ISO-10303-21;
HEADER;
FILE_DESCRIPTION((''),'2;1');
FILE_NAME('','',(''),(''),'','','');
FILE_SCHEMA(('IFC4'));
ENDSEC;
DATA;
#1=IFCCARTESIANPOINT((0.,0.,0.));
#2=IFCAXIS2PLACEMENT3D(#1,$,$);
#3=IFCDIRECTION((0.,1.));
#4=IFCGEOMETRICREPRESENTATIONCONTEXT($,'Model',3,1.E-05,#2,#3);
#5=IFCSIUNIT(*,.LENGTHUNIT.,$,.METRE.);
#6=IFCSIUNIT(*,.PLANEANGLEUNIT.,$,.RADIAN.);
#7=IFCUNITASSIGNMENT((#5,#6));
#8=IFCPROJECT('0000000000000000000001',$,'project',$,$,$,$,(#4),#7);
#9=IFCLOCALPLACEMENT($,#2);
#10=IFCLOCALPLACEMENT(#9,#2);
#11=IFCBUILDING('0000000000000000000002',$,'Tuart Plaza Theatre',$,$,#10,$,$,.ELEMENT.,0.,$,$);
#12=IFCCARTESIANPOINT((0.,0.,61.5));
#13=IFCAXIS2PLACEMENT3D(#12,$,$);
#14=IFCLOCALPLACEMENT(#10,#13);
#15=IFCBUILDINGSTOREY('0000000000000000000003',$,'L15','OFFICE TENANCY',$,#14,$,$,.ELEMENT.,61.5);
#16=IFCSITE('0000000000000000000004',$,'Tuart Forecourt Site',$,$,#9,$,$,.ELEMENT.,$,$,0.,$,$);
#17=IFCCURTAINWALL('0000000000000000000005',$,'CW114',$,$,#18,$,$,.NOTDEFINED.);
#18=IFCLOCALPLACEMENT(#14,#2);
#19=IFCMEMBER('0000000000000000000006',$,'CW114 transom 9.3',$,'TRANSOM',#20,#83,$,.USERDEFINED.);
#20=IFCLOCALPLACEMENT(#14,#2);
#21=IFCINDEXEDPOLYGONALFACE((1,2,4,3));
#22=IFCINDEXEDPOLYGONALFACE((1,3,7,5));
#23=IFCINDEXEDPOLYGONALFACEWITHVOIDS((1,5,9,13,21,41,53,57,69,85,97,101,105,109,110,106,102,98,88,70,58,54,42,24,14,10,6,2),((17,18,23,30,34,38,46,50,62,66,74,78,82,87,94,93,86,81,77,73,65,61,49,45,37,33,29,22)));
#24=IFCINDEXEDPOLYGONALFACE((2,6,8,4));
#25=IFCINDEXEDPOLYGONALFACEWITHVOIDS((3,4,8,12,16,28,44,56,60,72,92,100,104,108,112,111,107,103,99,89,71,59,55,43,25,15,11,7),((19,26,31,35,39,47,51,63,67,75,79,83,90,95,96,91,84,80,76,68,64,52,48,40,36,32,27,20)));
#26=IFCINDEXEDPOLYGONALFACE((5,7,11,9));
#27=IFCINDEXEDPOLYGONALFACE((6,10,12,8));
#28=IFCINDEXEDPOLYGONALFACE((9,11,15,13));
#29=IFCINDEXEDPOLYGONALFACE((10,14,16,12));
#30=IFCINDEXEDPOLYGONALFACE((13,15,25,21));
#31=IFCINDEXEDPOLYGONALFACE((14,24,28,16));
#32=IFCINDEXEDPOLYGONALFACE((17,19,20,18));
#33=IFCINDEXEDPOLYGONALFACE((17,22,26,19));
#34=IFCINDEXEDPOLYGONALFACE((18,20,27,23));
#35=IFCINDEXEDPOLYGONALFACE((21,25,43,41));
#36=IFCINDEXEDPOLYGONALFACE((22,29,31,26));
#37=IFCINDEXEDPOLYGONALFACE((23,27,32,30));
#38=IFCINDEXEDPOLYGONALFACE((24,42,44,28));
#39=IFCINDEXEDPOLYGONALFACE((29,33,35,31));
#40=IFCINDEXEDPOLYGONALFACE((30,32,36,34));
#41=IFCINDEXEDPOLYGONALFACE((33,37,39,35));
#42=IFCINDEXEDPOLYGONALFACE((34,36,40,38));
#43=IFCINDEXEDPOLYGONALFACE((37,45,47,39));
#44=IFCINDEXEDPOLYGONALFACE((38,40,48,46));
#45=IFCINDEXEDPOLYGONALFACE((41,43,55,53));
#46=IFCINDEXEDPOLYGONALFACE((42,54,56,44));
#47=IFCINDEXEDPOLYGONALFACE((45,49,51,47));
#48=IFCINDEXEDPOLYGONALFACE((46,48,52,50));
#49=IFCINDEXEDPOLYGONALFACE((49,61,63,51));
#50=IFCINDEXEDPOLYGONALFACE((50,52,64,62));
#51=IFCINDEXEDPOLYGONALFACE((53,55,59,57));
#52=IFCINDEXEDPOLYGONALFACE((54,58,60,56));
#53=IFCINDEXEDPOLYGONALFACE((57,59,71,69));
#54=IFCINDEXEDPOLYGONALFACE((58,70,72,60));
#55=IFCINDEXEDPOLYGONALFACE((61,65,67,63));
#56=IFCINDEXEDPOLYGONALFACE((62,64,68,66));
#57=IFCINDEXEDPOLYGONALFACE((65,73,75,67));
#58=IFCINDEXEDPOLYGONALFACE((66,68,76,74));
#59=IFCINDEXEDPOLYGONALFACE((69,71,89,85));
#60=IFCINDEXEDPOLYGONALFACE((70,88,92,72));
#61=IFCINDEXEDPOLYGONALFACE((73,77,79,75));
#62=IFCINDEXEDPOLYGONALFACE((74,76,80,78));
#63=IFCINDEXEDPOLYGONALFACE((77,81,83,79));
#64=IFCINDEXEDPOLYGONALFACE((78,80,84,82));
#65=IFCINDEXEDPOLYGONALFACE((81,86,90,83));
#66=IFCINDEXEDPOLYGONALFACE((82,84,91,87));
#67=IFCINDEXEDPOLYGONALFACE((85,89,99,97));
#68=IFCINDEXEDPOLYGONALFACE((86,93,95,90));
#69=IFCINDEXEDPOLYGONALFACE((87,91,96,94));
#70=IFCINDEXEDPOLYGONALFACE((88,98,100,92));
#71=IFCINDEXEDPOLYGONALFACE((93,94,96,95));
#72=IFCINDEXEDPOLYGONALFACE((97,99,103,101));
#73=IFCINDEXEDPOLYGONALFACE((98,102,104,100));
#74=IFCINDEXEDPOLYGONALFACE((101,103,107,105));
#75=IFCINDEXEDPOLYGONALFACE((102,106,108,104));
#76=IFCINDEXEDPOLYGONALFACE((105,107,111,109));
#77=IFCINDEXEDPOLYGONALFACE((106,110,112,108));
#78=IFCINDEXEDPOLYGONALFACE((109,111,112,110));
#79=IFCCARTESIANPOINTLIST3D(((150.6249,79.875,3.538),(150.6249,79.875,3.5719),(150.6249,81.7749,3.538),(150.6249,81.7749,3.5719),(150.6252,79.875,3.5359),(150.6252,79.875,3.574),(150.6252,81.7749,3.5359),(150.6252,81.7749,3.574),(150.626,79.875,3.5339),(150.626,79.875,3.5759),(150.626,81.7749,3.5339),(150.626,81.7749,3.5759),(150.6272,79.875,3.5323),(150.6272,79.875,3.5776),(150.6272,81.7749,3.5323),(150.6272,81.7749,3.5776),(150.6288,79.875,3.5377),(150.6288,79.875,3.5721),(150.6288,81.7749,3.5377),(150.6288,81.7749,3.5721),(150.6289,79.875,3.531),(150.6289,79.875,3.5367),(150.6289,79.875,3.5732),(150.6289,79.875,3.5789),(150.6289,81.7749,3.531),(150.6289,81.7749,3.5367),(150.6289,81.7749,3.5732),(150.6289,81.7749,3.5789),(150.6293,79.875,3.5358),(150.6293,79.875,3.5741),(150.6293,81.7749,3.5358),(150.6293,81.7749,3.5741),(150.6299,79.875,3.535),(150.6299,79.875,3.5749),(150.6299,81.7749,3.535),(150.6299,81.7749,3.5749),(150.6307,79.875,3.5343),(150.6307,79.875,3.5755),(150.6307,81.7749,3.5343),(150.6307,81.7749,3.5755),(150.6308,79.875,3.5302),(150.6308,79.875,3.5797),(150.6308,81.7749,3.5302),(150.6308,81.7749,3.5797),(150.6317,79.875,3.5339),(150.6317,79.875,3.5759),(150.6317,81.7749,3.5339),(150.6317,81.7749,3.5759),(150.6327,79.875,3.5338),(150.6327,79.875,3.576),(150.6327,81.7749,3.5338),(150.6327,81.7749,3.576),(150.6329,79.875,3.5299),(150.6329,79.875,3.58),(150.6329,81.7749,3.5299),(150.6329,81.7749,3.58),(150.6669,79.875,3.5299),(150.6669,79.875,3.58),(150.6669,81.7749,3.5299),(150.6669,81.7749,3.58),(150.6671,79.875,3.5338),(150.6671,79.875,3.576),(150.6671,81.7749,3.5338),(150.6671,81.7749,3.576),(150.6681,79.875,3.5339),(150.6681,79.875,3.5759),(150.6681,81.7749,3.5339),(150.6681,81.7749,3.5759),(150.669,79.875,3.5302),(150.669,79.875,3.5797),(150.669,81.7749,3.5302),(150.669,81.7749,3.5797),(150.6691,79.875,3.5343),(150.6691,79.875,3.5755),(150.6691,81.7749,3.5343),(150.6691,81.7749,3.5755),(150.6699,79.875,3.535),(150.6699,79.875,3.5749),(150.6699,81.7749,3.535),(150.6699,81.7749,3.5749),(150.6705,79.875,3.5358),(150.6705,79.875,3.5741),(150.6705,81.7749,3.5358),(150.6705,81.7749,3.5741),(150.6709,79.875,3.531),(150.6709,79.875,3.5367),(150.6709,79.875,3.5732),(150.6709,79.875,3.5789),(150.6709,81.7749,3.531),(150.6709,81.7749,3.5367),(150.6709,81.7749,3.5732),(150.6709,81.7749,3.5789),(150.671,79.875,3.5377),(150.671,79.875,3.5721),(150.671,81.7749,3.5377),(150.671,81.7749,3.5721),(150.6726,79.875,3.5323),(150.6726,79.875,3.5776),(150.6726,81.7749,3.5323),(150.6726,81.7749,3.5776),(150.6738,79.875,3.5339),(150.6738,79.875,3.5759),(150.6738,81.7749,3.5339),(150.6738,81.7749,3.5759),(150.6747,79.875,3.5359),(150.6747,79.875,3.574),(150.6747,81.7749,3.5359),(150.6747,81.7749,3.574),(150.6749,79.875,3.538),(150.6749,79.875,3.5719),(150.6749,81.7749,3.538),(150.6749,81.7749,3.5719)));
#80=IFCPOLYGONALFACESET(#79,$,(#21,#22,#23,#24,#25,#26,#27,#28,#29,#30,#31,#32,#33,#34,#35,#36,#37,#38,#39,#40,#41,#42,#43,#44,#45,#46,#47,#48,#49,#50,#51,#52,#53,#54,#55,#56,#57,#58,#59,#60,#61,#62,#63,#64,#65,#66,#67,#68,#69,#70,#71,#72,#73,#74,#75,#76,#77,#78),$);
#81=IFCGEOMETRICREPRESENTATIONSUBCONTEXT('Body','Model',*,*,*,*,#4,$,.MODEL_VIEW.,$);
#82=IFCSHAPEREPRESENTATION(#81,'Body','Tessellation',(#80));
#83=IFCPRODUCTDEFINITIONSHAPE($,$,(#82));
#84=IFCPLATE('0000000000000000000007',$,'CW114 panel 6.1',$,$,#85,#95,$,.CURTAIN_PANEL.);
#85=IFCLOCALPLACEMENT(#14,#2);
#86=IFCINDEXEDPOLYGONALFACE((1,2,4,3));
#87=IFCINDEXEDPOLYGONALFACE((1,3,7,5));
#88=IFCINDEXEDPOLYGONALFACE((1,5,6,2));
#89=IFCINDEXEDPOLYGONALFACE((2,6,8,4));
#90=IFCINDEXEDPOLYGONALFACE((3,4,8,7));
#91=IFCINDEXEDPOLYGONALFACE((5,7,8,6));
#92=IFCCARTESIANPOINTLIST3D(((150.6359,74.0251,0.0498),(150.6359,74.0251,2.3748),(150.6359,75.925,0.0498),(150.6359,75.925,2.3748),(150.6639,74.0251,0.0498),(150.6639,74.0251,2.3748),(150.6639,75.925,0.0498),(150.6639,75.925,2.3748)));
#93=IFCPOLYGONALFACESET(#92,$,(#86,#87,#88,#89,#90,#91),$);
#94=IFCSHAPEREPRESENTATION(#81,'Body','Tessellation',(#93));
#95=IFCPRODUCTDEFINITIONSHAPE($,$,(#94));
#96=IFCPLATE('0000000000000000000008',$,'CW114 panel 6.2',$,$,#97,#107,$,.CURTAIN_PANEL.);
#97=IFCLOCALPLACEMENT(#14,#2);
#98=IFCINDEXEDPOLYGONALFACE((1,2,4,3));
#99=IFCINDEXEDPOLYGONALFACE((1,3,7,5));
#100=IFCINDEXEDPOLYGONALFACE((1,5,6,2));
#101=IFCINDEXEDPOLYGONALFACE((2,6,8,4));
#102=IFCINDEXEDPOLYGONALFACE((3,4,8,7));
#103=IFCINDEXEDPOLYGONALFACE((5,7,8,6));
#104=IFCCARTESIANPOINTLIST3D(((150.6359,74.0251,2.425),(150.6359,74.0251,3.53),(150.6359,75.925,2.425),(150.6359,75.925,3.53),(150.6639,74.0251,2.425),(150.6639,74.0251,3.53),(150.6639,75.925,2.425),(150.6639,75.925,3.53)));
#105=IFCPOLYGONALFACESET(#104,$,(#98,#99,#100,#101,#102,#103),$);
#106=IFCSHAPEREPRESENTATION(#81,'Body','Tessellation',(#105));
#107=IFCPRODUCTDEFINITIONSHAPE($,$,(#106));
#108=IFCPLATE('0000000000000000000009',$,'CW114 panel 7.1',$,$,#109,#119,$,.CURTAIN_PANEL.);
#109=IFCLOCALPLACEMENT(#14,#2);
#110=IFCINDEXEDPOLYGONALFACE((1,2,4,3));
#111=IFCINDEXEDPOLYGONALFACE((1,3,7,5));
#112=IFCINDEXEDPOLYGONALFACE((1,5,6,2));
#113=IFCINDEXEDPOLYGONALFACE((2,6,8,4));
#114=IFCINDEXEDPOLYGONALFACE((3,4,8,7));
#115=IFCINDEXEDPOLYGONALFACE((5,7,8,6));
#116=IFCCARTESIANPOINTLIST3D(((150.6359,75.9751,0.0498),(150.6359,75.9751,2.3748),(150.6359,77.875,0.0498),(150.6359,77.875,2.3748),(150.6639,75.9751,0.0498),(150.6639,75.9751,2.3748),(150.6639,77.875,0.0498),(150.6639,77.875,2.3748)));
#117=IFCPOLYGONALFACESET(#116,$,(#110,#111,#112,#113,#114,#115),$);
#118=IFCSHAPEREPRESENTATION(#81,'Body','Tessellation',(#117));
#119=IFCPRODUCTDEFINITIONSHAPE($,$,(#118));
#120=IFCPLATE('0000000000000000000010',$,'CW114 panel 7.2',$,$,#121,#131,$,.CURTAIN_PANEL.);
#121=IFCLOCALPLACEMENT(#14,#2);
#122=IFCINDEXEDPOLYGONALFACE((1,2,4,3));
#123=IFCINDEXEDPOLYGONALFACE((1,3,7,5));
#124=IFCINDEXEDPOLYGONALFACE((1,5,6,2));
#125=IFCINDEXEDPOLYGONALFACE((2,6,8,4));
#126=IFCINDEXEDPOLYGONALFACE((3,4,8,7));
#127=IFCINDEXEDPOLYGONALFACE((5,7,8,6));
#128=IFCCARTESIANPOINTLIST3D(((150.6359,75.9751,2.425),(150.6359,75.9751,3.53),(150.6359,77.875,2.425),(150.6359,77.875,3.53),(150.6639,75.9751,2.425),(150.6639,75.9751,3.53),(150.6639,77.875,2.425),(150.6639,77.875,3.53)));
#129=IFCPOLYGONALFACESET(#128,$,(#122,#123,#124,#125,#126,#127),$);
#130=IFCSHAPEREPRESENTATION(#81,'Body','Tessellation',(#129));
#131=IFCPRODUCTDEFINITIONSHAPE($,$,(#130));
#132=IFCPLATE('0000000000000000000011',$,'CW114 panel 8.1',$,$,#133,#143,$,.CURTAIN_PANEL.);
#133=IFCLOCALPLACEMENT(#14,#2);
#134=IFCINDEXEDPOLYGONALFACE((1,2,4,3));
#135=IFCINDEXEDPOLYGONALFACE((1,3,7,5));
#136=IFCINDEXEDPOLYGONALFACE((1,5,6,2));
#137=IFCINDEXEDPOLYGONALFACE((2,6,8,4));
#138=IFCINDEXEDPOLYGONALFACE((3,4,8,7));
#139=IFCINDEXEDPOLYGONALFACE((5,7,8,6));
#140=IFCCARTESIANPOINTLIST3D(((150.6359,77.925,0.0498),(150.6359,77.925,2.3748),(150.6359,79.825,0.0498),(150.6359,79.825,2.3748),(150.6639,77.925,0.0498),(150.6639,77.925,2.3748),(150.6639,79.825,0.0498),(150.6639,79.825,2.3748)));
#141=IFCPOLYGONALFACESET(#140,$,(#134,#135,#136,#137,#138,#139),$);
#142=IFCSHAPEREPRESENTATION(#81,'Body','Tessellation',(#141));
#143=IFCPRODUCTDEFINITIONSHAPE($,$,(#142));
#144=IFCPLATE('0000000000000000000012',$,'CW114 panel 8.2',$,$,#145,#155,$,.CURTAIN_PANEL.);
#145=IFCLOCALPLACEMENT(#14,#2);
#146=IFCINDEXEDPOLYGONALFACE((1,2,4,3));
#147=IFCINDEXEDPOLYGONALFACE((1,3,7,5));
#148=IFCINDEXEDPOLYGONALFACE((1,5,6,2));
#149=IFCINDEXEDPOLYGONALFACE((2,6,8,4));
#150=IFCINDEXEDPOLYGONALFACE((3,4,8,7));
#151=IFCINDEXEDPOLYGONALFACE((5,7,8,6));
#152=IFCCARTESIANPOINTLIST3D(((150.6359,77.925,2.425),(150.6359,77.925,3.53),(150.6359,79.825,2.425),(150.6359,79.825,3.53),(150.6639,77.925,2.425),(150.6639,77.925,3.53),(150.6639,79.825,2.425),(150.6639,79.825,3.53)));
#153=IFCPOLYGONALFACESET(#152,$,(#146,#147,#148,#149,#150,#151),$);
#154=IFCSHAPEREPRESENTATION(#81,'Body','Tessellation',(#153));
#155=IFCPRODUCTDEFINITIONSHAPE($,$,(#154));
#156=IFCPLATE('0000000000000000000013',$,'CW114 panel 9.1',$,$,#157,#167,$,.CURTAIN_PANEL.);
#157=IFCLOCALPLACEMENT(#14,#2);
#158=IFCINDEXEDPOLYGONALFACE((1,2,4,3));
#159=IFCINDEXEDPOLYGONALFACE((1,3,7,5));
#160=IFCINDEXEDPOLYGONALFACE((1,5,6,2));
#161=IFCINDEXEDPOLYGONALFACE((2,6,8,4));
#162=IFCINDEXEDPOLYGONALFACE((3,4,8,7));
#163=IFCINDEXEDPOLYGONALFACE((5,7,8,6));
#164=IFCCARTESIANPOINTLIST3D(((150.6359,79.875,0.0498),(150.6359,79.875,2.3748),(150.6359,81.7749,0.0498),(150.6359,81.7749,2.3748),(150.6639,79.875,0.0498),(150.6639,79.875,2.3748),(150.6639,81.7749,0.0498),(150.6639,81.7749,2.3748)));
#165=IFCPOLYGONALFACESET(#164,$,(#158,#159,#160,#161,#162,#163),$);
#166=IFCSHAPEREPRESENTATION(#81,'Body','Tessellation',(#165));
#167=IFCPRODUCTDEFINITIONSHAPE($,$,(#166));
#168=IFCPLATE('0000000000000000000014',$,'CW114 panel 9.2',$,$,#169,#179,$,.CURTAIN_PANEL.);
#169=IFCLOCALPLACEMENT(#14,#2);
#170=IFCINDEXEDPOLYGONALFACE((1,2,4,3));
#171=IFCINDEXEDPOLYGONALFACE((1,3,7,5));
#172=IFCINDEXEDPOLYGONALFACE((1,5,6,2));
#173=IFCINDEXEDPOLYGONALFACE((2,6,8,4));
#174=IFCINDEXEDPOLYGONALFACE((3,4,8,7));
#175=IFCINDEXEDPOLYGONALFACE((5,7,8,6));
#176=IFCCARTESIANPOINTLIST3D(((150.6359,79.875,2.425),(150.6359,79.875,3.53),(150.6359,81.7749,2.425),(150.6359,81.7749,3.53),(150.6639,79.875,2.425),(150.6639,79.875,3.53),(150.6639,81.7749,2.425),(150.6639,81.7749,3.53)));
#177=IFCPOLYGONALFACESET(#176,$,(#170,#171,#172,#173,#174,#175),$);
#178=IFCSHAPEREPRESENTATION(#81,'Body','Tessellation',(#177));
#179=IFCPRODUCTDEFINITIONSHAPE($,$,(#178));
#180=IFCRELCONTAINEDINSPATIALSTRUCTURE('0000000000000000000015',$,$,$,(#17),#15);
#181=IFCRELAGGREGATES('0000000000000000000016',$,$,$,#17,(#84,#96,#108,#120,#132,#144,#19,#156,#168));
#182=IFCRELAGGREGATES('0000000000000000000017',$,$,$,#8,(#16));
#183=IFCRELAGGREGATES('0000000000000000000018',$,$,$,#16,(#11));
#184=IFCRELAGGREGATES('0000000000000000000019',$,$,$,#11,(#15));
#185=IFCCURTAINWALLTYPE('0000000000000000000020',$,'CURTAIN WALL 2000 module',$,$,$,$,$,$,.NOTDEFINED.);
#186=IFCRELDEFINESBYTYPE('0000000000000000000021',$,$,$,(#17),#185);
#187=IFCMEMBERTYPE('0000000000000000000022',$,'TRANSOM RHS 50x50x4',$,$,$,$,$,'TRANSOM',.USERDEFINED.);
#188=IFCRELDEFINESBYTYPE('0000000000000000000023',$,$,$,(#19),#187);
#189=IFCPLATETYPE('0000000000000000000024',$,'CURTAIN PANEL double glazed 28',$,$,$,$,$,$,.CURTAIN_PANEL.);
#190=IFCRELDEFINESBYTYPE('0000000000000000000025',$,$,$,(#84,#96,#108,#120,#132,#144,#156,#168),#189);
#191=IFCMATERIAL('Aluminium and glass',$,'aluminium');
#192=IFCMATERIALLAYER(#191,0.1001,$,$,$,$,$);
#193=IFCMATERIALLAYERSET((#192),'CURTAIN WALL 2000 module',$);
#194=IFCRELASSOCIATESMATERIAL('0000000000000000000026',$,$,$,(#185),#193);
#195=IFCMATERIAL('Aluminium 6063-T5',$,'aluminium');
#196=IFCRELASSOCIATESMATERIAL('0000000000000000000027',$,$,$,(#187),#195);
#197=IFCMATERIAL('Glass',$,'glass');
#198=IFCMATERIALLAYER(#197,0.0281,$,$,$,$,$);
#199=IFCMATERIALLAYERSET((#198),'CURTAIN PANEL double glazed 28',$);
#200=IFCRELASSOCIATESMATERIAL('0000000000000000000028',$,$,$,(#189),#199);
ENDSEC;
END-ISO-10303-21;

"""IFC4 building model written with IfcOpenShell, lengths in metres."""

from ifc_helpers import new_model, si_unit, direction, frame, origin, origin_2d, place, context, subcontext, project, spatial, rectangle, hollow_rectangle, extrude, material, layer, layer_set, material_profile, profile_set, type_object, element, aggregate, save


model = new_model("IFC4")

# Units and contexts
model_context = context("Model", 3, precision=1e-05, world=origin(), true_north=direction((0.0, 1.0)))
body_context = subcontext(model_context, "Body", "Model", "MODEL_VIEW")
ifc_project = project(units=[si_unit("LENGTHUNIT", "METRE"), si_unit("PLANEANGLEUNIT", "RADIAN")], contexts=[model_context])

# Site, building, storey
site_placement = place(None, origin())
site = spatial("IfcSite", under=ifc_project, at=site_placement, Name="Tuart Forecourt Site", CompositionType="ELEMENT", RefElevation=0.0)
building_placement = place(site_placement, origin())
building = spatial("IfcBuilding", under=site, at=building_placement, Name="Tuart Plaza Theatre", CompositionType="ELEMENT", ElevationOfRefHeight=0.0)
storey_placement = place(building_placement, frame((0.0, 0.0, 61.5)))
storey = spatial("IfcBuildingStorey", under=building, at=storey_placement, Name="L15", Description="OFFICE TENANCY", CompositionType="ELEMENT", Elevation=61.5)

# Curtain wall, member, plates
ifc_material_1 = material(Name="Aluminium and glass", Category="aluminium")
ifc_layer_1 = layer(ifc_material_1, 0.1001)
ifc_layer_set_1 = layer_set([ifc_layer_1], Name="CURTAIN WALL 2000 module")
curtain_wall_type = type_object("IfcCurtainWallType", Name="CURTAIN WALL 2000 module", PredefinedType="NOTDEFINED", material=ifc_layer_set_1)
curtain_wall_placement = place(storey_placement, origin())
curtain_wall = element("IfcCurtainWall", 1, at=curtain_wall_placement, inside=storey, type_object=curtain_wall_type, Name="CW114", PredefinedType="NOTDEFINED")
ifc_material_2 = material(Name="Aluminium 6063-T5", Category="aluminium")
ifc_material_profile_1 = material_profile(ifc_material_2, hollow_rectangle(XDim=0.05, YDim=0.05, WallThickness=0.0039, InnerFilletRadius=0.0039, OuterFilletRadius=0.0081, at=origin_2d()), Name="RHS 50x50x4")
ifc_profile_set_1 = profile_set([ifc_material_profile_1], Name="Aluminium 6063-T5")
member_type_1 = type_object("IfcMemberType", Name="TRANSOM RHS 50x50x4", ElementType="TRANSOM", PredefinedType="USERDEFINED", material=ifc_profile_set_1)
member_1_placement = place(storey_placement, frame((150.6499, 79.875, 3.5549), z_axis=(0.0, 1.0, 0.0), x_axis=(-1.0, 0.0, 0.0)))
member_1 = element("IfcMember", 2, at=member_1_placement, type_object=member_type_1, Name="CW114 transom 9.3", ObjectType="TRANSOM", PredefinedType="USERDEFINED", context=body_context, shape_type="SweptSolid", body=[
    extrude(hollow_rectangle(XDim=0.05, YDim=0.05, WallThickness=0.0039, InnerFilletRadius=0.0039, OuterFilletRadius=0.0081, at=origin_2d()), origin(), (0.0, 0.0, 1.0), 1.8999),
])
ifc_material_3 = material(Name="Glass", Category="glass")
ifc_layer_2 = layer(ifc_material_3, 0.0281)
ifc_layer_set_2 = layer_set([ifc_layer_2], Name="CURTAIN PANEL double glazed 28")
plate_type = type_object("IfcPlateType", Name="CURTAIN PANEL double glazed 28", PredefinedType="CURTAIN_PANEL", material=ifc_layer_set_2)
plate_1_placement = place(storey_placement, frame((150.6499, 74.9751, 0.0498), z_axis=(0.0, 0.0, 1.0), x_axis=(0.0, 1.0, 0.0)))
plate_1 = element("IfcPlate", 3, at=plate_1_placement, type_object=plate_type, Name="CW114 panel 6.1", PredefinedType="CURTAIN_PANEL", context=body_context, shape_type="SweptSolid", body=[
    extrude(rectangle(XDim=1.8999, YDim=0.0281, at=origin_2d()), origin(), (0.0, 0.0, 1.0), 2.325),
])
plate_2_placement = place(storey_placement, frame((150.6499, 74.9751, 2.425), z_axis=(0.0, 0.0, 1.0), x_axis=(0.0, 1.0, 0.0)))
plate_2 = element("IfcPlate", 4, at=plate_2_placement, type_object=plate_type, Name="CW114 panel 6.2", PredefinedType="CURTAIN_PANEL", context=body_context, shape_type="SweptSolid", body=[
    extrude(rectangle(XDim=1.8999, YDim=0.0281, at=origin_2d()), origin(), (0.0, 0.0, 1.0), 1.105),
])
plate_3_placement = place(storey_placement, frame((150.6499, 76.925, 0.0498), z_axis=(0.0, 0.0, 1.0), x_axis=(0.0, 1.0, 0.0)))
plate_3 = element("IfcPlate", 5, at=plate_3_placement, type_object=plate_type, Name="CW114 panel 7.1", PredefinedType="CURTAIN_PANEL", context=body_context, shape_type="SweptSolid", body=[
    extrude(rectangle(XDim=1.8999, YDim=0.0281, at=origin_2d()), origin(), (0.0, 0.0, 1.0), 2.325),
])
plate_4_placement = place(storey_placement, frame((150.6499, 76.925, 2.425), z_axis=(0.0, 0.0, 1.0), x_axis=(0.0, 1.0, 0.0)))
plate_4 = element("IfcPlate", 6, at=plate_4_placement, type_object=plate_type, Name="CW114 panel 7.2", PredefinedType="CURTAIN_PANEL", context=body_context, shape_type="SweptSolid", body=[
    extrude(rectangle(XDim=1.8999, YDim=0.0281, at=origin_2d()), origin(), (0.0, 0.0, 1.0), 1.105),
])
plate_5_placement = place(storey_placement, frame((150.6499, 78.875, 0.0498), z_axis=(0.0, 0.0, 1.0), x_axis=(0.0, 1.0, 0.0)))
plate_5 = element("IfcPlate", 7, at=plate_5_placement, type_object=plate_type, Name="CW114 panel 8.1", PredefinedType="CURTAIN_PANEL", context=body_context, shape_type="SweptSolid", body=[
    extrude(rectangle(XDim=1.8999, YDim=0.0281, at=origin_2d()), origin(), (0.0, 0.0, 1.0), 2.325),
])
plate_6_placement = place(storey_placement, frame((150.6499, 78.875, 2.425), z_axis=(0.0, 0.0, 1.0), x_axis=(0.0, 1.0, 0.0)))
plate_6 = element("IfcPlate", 8, at=plate_6_placement, type_object=plate_type, Name="CW114 panel 8.2", PredefinedType="CURTAIN_PANEL", context=body_context, shape_type="SweptSolid", body=[
    extrude(rectangle(XDim=1.8999, YDim=0.0281, at=origin_2d()), origin(), (0.0, 0.0, 1.0), 1.105),
])
plate_7_placement = place(storey_placement, frame((150.6499, 80.825, 0.0498), z_axis=(0.0, 0.0, 1.0), x_axis=(0.0, 1.0, 0.0)))
plate_7 = element("IfcPlate", 9, at=plate_7_placement, type_object=plate_type, Name="CW114 panel 9.1", PredefinedType="CURTAIN_PANEL", context=body_context, shape_type="SweptSolid", body=[
    extrude(rectangle(XDim=1.8999, YDim=0.0281, at=origin_2d()), origin(), (0.0, 0.0, 1.0), 2.325),
])
plate_8_placement = place(storey_placement, frame((150.6499, 80.825, 2.425), z_axis=(0.0, 0.0, 1.0), x_axis=(0.0, 1.0, 0.0)))
plate_8 = element("IfcPlate", 10, at=plate_8_placement, type_object=plate_type, Name="CW114 panel 9.2", PredefinedType="CURTAIN_PANEL", context=body_context, shape_type="SweptSolid", body=[
    extrude(rectangle(XDim=1.8999, YDim=0.0281, at=origin_2d()), origin(), (0.0, 0.0, 1.0), 1.105),
])
aggregate(curtain_wall, [plate_1, plate_2, plate_3, plate_4, plate_5, plate_6, member_1, plate_7, plate_8])

save(model, "model.ifc")
